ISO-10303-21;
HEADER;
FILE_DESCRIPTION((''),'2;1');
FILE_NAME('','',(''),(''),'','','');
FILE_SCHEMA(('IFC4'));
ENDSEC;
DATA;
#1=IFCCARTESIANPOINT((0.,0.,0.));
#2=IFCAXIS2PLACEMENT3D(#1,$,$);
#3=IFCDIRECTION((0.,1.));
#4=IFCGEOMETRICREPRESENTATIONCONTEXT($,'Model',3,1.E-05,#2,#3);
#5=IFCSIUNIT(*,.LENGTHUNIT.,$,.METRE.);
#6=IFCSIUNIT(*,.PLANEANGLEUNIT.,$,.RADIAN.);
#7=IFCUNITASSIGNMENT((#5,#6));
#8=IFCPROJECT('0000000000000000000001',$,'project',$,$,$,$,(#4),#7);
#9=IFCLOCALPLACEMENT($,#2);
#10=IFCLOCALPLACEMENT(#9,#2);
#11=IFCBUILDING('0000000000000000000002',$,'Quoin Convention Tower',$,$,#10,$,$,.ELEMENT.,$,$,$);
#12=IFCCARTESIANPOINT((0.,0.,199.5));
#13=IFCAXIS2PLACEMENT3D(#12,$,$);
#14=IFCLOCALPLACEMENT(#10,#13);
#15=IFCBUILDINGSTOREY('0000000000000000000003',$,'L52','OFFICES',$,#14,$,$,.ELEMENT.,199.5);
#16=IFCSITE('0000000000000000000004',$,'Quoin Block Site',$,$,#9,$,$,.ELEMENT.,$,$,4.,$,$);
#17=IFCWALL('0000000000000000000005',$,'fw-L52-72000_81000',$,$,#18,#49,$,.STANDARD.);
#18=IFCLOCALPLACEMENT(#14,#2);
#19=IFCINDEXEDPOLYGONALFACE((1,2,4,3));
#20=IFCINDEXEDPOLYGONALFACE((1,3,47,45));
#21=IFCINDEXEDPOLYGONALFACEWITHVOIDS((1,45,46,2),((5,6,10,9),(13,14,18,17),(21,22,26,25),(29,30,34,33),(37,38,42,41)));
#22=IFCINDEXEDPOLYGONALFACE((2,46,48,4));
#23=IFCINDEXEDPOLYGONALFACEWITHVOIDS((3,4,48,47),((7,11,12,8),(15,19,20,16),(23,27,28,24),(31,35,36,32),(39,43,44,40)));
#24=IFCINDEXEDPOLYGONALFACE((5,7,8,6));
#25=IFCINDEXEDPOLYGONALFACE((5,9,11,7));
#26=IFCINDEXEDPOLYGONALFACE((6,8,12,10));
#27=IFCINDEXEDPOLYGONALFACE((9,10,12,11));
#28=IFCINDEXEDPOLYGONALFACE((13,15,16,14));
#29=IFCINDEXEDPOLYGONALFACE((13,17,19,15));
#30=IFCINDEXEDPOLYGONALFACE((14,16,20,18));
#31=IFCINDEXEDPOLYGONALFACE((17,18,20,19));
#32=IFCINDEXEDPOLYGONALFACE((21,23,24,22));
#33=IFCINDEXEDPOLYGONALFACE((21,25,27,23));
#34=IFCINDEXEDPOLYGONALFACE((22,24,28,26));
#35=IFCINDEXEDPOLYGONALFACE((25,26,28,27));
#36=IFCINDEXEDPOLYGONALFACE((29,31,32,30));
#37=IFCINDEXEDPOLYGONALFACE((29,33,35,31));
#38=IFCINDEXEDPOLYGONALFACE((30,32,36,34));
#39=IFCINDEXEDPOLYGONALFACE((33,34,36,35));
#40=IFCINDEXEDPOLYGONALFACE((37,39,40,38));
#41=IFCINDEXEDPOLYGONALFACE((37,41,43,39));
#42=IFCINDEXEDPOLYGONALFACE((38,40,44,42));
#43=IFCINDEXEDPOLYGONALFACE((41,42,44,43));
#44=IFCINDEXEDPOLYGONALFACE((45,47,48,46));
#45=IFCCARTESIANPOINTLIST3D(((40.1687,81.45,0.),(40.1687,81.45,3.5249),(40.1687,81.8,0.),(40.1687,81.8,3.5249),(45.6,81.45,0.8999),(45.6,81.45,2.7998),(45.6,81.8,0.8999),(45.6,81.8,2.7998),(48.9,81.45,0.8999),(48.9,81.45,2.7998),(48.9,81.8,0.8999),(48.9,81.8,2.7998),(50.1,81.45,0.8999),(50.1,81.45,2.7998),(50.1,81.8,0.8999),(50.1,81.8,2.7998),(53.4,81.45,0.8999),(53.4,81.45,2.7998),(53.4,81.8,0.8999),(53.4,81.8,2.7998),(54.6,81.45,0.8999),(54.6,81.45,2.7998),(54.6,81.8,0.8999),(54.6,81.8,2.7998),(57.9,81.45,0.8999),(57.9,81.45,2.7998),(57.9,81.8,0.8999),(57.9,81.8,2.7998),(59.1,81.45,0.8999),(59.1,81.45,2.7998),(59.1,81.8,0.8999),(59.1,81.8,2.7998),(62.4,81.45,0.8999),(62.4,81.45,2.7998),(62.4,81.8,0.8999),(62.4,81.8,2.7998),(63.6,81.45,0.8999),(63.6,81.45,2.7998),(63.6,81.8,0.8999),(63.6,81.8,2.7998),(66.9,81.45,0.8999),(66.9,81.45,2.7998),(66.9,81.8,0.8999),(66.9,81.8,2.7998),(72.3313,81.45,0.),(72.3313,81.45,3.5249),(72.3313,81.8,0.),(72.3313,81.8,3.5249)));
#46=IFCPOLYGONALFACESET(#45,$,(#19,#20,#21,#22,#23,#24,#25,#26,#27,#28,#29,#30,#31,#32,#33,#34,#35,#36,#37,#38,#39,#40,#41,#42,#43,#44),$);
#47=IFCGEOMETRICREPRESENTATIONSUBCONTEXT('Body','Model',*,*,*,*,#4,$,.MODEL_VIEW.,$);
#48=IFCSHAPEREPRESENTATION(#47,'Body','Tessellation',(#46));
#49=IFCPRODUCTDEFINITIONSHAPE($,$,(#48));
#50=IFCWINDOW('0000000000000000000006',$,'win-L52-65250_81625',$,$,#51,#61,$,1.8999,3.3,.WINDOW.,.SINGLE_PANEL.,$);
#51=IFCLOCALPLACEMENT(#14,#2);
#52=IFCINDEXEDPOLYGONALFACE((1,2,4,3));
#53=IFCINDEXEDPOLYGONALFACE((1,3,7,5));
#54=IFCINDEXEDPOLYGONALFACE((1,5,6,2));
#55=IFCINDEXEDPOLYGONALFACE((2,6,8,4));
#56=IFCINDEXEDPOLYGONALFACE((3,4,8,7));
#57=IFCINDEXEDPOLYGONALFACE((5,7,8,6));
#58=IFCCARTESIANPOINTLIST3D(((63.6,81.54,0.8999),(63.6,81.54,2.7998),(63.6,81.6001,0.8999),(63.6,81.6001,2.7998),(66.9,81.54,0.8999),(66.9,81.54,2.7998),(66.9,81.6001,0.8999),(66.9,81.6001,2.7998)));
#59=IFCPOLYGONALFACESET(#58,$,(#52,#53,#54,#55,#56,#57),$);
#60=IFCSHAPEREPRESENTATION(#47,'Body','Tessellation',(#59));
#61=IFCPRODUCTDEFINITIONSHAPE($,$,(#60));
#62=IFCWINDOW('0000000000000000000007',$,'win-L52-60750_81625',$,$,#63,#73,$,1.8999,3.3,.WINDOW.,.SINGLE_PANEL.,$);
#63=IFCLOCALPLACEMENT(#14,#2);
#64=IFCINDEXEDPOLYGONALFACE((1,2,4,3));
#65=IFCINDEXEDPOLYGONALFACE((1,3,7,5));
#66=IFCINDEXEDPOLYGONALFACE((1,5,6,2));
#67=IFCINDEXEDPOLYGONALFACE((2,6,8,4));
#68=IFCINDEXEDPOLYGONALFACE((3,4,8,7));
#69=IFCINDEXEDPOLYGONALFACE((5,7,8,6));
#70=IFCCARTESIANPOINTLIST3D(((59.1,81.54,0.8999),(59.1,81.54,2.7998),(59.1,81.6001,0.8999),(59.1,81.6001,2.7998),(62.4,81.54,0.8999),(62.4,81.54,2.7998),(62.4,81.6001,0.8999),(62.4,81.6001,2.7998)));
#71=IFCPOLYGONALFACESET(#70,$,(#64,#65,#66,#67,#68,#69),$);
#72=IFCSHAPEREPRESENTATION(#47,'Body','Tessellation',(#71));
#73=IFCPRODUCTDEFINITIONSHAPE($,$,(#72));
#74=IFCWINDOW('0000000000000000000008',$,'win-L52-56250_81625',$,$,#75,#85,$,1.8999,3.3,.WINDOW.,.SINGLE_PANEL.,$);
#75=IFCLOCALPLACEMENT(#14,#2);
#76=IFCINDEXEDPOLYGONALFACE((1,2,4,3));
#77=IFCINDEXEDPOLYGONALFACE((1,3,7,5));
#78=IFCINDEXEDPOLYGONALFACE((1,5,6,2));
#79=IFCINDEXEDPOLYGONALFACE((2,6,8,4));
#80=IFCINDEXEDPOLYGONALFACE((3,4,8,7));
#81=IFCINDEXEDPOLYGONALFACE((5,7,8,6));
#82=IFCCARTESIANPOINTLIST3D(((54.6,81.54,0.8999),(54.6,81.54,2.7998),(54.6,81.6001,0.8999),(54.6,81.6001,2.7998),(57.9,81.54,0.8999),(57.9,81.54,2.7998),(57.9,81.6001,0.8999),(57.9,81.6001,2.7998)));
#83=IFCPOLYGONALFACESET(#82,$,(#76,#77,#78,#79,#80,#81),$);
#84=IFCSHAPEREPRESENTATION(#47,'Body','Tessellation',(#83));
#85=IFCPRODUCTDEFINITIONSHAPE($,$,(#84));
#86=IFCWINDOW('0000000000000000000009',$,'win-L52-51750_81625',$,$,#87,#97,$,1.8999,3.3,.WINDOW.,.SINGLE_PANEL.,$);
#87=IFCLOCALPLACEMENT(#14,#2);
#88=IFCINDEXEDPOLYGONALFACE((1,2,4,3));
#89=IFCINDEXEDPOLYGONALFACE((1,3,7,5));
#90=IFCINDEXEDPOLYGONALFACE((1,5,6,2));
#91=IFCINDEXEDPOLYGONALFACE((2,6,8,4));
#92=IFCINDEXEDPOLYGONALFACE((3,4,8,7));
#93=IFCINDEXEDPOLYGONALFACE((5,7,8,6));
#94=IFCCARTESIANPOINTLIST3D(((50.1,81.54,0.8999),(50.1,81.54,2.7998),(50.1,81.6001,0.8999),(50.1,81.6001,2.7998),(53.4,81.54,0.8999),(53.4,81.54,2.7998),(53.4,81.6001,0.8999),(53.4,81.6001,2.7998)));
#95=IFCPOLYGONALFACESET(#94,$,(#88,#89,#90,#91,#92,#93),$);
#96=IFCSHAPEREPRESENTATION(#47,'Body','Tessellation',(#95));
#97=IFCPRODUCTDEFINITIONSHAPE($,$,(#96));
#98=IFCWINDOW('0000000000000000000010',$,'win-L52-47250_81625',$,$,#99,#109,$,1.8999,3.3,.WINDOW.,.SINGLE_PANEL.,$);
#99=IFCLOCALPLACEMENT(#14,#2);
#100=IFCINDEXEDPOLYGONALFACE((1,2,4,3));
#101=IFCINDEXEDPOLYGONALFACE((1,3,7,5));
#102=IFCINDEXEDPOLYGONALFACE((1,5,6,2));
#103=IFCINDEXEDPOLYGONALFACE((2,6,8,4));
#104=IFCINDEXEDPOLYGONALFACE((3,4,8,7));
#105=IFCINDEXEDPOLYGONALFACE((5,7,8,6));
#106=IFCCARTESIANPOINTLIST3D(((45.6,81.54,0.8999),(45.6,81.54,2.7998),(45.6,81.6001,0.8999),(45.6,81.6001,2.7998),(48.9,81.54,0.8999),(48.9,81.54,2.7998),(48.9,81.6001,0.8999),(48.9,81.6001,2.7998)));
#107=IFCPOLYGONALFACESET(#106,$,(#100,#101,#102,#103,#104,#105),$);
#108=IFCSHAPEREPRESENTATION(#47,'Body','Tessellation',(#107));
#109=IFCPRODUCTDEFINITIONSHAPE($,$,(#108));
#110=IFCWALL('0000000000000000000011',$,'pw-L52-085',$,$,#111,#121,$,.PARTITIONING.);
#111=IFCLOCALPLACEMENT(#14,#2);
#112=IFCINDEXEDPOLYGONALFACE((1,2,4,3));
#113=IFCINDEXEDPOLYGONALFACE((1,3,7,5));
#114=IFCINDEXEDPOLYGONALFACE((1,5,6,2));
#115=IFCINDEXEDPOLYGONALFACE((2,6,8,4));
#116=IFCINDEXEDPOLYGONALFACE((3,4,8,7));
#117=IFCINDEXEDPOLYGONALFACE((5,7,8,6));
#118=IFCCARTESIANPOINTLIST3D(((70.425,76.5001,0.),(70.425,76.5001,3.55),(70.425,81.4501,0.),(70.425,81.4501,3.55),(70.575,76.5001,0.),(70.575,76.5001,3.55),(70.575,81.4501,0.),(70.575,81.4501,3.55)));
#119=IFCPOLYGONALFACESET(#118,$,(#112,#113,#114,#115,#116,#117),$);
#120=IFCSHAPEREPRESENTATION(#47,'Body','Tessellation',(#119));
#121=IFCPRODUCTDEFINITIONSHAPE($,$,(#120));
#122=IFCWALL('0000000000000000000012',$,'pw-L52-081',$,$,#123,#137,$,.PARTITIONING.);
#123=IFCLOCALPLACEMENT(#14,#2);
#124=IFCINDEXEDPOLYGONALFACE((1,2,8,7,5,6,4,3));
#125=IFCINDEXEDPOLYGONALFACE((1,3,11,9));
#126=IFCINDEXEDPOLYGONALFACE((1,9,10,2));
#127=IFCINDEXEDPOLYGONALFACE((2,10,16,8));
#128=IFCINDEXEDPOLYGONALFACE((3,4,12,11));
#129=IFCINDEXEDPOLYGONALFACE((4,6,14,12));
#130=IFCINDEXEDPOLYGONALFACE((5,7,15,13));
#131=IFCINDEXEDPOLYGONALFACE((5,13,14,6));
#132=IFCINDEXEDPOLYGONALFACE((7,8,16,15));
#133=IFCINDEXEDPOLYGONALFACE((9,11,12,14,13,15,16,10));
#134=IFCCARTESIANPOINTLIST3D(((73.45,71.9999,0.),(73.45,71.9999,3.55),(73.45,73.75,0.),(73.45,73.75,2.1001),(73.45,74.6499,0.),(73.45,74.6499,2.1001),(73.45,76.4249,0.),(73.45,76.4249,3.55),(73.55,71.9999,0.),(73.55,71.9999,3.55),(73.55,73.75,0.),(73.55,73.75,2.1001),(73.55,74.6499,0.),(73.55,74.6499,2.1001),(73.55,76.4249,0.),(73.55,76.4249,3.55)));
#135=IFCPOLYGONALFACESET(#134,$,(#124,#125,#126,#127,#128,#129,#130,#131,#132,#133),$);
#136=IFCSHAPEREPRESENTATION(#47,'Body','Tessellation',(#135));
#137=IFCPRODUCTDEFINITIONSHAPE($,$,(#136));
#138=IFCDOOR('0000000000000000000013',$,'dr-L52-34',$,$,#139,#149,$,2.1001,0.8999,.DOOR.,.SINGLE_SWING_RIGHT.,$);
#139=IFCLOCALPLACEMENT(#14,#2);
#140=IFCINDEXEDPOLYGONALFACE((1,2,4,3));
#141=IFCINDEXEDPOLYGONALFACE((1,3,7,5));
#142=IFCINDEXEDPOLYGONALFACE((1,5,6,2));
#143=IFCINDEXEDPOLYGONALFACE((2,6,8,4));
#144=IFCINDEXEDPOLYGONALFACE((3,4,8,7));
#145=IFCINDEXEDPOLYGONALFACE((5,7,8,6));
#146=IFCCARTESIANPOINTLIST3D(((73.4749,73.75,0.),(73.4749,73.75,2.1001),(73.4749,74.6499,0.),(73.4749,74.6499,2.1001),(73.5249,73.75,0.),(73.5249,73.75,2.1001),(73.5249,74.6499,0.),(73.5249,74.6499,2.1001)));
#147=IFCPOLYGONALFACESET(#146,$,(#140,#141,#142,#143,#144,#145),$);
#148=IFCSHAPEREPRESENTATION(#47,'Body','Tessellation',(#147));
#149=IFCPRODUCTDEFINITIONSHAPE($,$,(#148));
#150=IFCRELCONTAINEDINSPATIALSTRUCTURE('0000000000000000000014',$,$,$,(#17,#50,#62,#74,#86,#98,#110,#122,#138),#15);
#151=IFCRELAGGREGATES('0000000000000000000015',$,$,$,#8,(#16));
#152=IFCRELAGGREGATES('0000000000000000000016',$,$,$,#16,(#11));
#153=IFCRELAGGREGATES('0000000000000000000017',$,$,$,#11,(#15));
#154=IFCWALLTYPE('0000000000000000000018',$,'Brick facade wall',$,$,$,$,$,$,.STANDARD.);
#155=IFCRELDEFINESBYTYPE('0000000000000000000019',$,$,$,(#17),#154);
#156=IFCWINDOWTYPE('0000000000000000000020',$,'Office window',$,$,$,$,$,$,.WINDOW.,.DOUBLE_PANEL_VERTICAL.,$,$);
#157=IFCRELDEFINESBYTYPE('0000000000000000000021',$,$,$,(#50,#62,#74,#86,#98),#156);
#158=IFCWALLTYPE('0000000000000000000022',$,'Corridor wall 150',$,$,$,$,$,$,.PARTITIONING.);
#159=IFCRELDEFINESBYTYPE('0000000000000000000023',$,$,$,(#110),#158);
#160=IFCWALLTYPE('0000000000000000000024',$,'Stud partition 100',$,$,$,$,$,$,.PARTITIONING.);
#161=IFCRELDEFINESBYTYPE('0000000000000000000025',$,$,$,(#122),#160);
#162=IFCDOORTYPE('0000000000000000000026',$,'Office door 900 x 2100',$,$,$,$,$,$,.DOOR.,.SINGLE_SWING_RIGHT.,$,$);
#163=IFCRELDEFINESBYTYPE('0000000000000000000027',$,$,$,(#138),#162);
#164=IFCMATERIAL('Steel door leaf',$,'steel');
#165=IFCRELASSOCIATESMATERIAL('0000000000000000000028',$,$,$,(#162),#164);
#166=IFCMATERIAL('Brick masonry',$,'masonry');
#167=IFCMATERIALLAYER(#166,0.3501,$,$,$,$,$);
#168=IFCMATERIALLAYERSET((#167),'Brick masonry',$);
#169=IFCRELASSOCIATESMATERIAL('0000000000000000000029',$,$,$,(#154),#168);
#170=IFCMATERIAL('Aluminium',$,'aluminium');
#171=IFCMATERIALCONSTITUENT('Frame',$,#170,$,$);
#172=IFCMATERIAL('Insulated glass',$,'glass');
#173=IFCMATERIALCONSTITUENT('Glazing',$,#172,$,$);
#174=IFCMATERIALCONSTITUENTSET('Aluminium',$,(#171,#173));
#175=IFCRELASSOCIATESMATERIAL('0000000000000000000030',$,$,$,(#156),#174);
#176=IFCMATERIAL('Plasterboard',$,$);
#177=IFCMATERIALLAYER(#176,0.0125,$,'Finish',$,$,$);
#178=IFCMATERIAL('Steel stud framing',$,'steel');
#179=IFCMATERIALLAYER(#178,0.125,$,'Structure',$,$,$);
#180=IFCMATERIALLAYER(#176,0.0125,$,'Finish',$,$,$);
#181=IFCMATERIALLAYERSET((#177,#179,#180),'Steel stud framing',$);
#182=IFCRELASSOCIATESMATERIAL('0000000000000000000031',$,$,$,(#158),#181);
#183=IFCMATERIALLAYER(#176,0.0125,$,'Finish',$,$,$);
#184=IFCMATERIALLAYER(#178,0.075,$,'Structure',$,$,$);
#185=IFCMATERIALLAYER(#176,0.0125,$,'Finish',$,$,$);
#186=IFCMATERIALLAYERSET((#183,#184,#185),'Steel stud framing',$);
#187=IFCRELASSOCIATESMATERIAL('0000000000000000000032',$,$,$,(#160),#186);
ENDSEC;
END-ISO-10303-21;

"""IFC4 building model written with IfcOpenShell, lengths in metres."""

from ifc_helpers import new_model, si_unit, direction, frame, frame_2d, origin, place, context, subcontext, project, spatial, rectangle, extrude, material, layer, layer_set, constituent, constituent_set, type_object, element, fill, save


model = new_model("IFC4")

# Units and contexts
model_context = context("Model", 3, precision=1e-05, world=origin(), true_north=direction((0.0, 1.0)))
body_context = subcontext(model_context, "Body", "Model", "MODEL_VIEW")
ifc_project = project(units=[si_unit("LENGTHUNIT", "METRE"), si_unit("PLANEANGLEUNIT", "RADIAN")], contexts=[model_context])

# Site, building, storey
site_placement = place(None, origin())
site = spatial("IfcSite", under=ifc_project, at=site_placement, Name="Quoin Block Site", CompositionType="ELEMENT", RefElevation=4.0)
building_placement = place(site_placement, origin())
building = spatial("IfcBuilding", under=site, at=building_placement, Name="Quoin Convention Tower", CompositionType="ELEMENT")
storey_placement = place(building_placement, frame((0.0, 0.0, 199.5)))
storey = spatial("IfcBuildingStorey", under=building, at=storey_placement, Name="L52", Description="OFFICES", CompositionType="ELEMENT", Elevation=199.5)

# Shared definitions
ifc_material_1 = material(Name="Plasterboard")
ifc_material_2 = material(Name="Steel stud framing", Category="steel")
ifc_material_3 = material(Name="Steel door leaf", Category="steel")
door_type = type_object("IfcDoorType", Name="Office door 900 x 2100", OperationType="SINGLE_SWING_RIGHT", PredefinedType="DOOR", material=ifc_material_3)

# Shared definitions
ifc_material_4 = material(Name="Brick masonry", Category="masonry")
ifc_layer_1 = layer(ifc_material_4, 0.3501)
ifc_layer_set_1 = layer_set([ifc_layer_1], Name="Brick masonry")
wall_type_1 = type_object("IfcWallType", Name="Brick facade wall", PredefinedType="STANDARD", material=ifc_layer_set_1)
ifc_material_5 = material(Name="Aluminium", Category="aluminium")
ifc_constituent_1 = constituent(ifc_material_5, Name="Frame")
ifc_material_6 = material(Name="Insulated glass", Category="glass")
ifc_constituent_2 = constituent(ifc_material_6, Name="Glazing")
ifc_constituent_set = constituent_set(constituents=[ifc_constituent_1, ifc_constituent_2], Name="Aluminium")
window_type = type_object("IfcWindowType", Name="Office window", PartitioningType="DOUBLE_PANEL_VERTICAL", PredefinedType="WINDOW", material=ifc_constituent_set)

# Wall, openings, windows
wall_1_placement = place(storey_placement, frame((72.3313, 81.625, 0.0), z_axis=(0.0, 0.0, 1.0), x_axis=(-1.0, 0.0, 0.0)))
wall_1 = element("IfcWall", 1, at=wall_1_placement, inside=storey, type_object=wall_type_1, Name="fw-L52-72000_81000", PredefinedType="STANDARD", context=body_context, shape_type="SweptSolid", body=[
    extrude(rectangle(XDim=32.1626, YDim=0.3501, at=frame_2d((16.0813, 0.0))), origin(), (0.0, 0.0, 1.0), 3.5249),
])
opening_1_placement = place(wall_1_placement, frame((5.4314, 0.0, 0.8999)))
opening_1 = element("IfcOpeningElement", 2, at=opening_1_placement, cuts=wall_1, PredefinedType="OPENING", context=body_context, shape_type="SweptSolid", body=[
    extrude(rectangle(XDim=3.3, YDim=1.8999, at=frame_2d((1.6499, 0.95))), frame((0.0, 0.1851, 0.0), z_axis=(0.0, -1.0, 0.0), x_axis=(1.0, 0.0, 0.0)), (0.0, 0.0, 1.0), 0.3701),
])
opening_2_placement = place(wall_1_placement, frame((9.9314, 0.0, 0.8999)))
opening_2 = element("IfcOpeningElement", 3, at=opening_2_placement, cuts=wall_1, PredefinedType="OPENING", context=body_context, shape_type="SweptSolid", body=[
    extrude(rectangle(XDim=3.3, YDim=1.8999, at=frame_2d((1.6499, 0.95))), frame((0.0, 0.1851, 0.0), z_axis=(0.0, -1.0, 0.0), x_axis=(1.0, 0.0, 0.0)), (0.0, 0.0, 1.0), 0.3701),
])
opening_3_placement = place(wall_1_placement, frame((14.4314, 0.0, 0.8999)))
opening_3 = element("IfcOpeningElement", 4, at=opening_3_placement, cuts=wall_1, PredefinedType="OPENING", context=body_context, shape_type="SweptSolid", body=[
    extrude(rectangle(XDim=3.3, YDim=1.8999, at=frame_2d((1.6499, 0.95))), frame((0.0, 0.1851, 0.0), z_axis=(0.0, -1.0, 0.0), x_axis=(1.0, 0.0, 0.0)), (0.0, 0.0, 1.0), 0.3701),
])
opening_4_placement = place(wall_1_placement, frame((18.9314, 0.0, 0.8999)))
opening_4 = element("IfcOpeningElement", 5, at=opening_4_placement, cuts=wall_1, PredefinedType="OPENING", context=body_context, shape_type="SweptSolid", body=[
    extrude(rectangle(XDim=3.3, YDim=1.8999, at=frame_2d((1.6499, 0.95))), frame((0.0, 0.1851, 0.0), z_axis=(0.0, -1.0, 0.0), x_axis=(1.0, 0.0, 0.0)), (0.0, 0.0, 1.0), 0.3701),
])
opening_5_placement = place(wall_1_placement, frame((23.4314, 0.0, 0.8999)))
opening_5 = element("IfcOpeningElement", 6, at=opening_5_placement, cuts=wall_1, PredefinedType="OPENING", context=body_context, shape_type="SweptSolid", body=[
    extrude(rectangle(XDim=3.3, YDim=1.8999, at=frame_2d((1.6499, 0.95))), frame((0.0, 0.1851, 0.0), z_axis=(0.0, -1.0, 0.0), x_axis=(1.0, 0.0, 0.0)), (0.0, 0.0, 1.0), 0.3701),
])
window_1_placement = place(opening_1_placement, origin())
window_1 = element("IfcWindow", 7, at=window_1_placement, inside=storey, type_object=window_type, Name="win-L52-65250_81625", OverallHeight=1.8999, OverallWidth=3.3, PartitioningType="SINGLE_PANEL", PredefinedType="WINDOW", context=body_context, shape_type="SweptSolid", body=[
    extrude(rectangle(XDim=3.3, YDim=1.8999, at=frame_2d((1.6499, 0.95))), frame((0.0, 0.085, 0.0), z_axis=(0.0, -1.0, 0.0), x_axis=(1.0, 0.0, 0.0)), (0.0, 0.0, 1.0), 0.0601),
])
fill(opening_1, window_1)
window_2_placement = place(opening_2_placement, origin())
window_2 = element("IfcWindow", 8, at=window_2_placement, inside=storey, type_object=window_type, Name="win-L52-60750_81625", OverallHeight=1.8999, OverallWidth=3.3, PartitioningType="SINGLE_PANEL", PredefinedType="WINDOW", context=body_context, shape_type="SweptSolid", body=[
    extrude(rectangle(XDim=3.3, YDim=1.8999, at=frame_2d((1.6499, 0.95))), frame((0.0, 0.085, 0.0), z_axis=(0.0, -1.0, 0.0), x_axis=(1.0, 0.0, 0.0)), (0.0, 0.0, 1.0), 0.0601),
])
fill(opening_2, window_2)
window_3_placement = place(opening_3_placement, origin())
window_3 = element("IfcWindow", 9, at=window_3_placement, inside=storey, type_object=window_type, Name="win-L52-56250_81625", OverallHeight=1.8999, OverallWidth=3.3, PartitioningType="SINGLE_PANEL", PredefinedType="WINDOW", context=body_context, shape_type="SweptSolid", body=[
    extrude(rectangle(XDim=3.3, YDim=1.8999, at=frame_2d((1.6499, 0.95))), frame((0.0, 0.085, 0.0), z_axis=(0.0, -1.0, 0.0), x_axis=(1.0, 0.0, 0.0)), (0.0, 0.0, 1.0), 0.0601),
])
fill(opening_3, window_3)
window_4_placement = place(opening_4_placement, origin())
window_4 = element("IfcWindow", 10, at=window_4_placement, inside=storey, type_object=window_type, Name="win-L52-51750_81625", OverallHeight=1.8999, OverallWidth=3.3, PartitioningType="SINGLE_PANEL", PredefinedType="WINDOW", context=body_context, shape_type="SweptSolid", body=[
    extrude(rectangle(XDim=3.3, YDim=1.8999, at=frame_2d((1.6499, 0.95))), frame((0.0, 0.085, 0.0), z_axis=(0.0, -1.0, 0.0), x_axis=(1.0, 0.0, 0.0)), (0.0, 0.0, 1.0), 0.0601),
])
fill(opening_4, window_4)
window_5_placement = place(opening_5_placement, origin())
window_5 = element("IfcWindow", 11, at=window_5_placement, inside=storey, type_object=window_type, Name="win-L52-47250_81625", OverallHeight=1.8999, OverallWidth=3.3, PartitioningType="SINGLE_PANEL", PredefinedType="WINDOW", context=body_context, shape_type="SweptSolid", body=[
    extrude(rectangle(XDim=3.3, YDim=1.8999, at=frame_2d((1.6499, 0.95))), frame((0.0, 0.085, 0.0), z_axis=(0.0, -1.0, 0.0), x_axis=(1.0, 0.0, 0.0)), (0.0, 0.0, 1.0), 0.0601),
])
fill(opening_5, window_5)

# Wall
ifc_layer_2 = layer(ifc_material_1, 0.0125, Name="Finish")
ifc_layer_3 = layer(ifc_material_2, 0.125, Name="Structure")
ifc_layer_4 = layer(ifc_material_1, 0.0125, Name="Finish")
ifc_layer_set_2 = layer_set([ifc_layer_2, ifc_layer_3, ifc_layer_4], Name="Steel stud framing")
wall_type_2 = type_object("IfcWallType", Name="Corridor wall 150", PredefinedType="PARTITIONING", material=ifc_layer_set_2)
wall_2_placement = place(storey_placement, frame((70.5, 76.5, 0.0), z_axis=(0.0, 0.0, 1.0), x_axis=(0.0, 1.0, 0.0)))
element("IfcWall", 12, at=wall_2_placement, inside=storey, type_object=wall_type_2, Name="pw-L52-085", PredefinedType="PARTITIONING", context=body_context, shape_type="SweptSolid", body=[
    extrude(rectangle(XDim=4.95, YDim=0.1499, at=frame_2d((2.4751, 0.0))), origin(), (0.0, 0.0, 1.0), 3.55),
])

# Wall, opening, door
ifc_layer_5 = layer(ifc_material_1, 0.0125, Name="Finish")
ifc_layer_6 = layer(ifc_material_2, 0.075, Name="Structure")
ifc_layer_7 = layer(ifc_material_1, 0.0125, Name="Finish")
ifc_layer_set_3 = layer_set([ifc_layer_5, ifc_layer_6, ifc_layer_7], Name="Steel stud framing")
wall_type_3 = type_object("IfcWallType", Name="Stud partition 100", PredefinedType="PARTITIONING", material=ifc_layer_set_3)
wall_3_placement = place(storey_placement, frame((73.5, 72.0, 0.0), z_axis=(0.0, 0.0, 1.0), x_axis=(0.0, 1.0, 0.0)))
wall_3 = element("IfcWall", 13, at=wall_3_placement, inside=storey, type_object=wall_type_3, Name="pw-L52-081", PredefinedType="PARTITIONING", context=body_context, shape_type="SweptSolid", body=[
    extrude(rectangle(XDim=4.425, YDim=0.1001, at=frame_2d((2.2124, 0.0))), origin(), (0.0, 0.0, 1.0), 3.55),
])
opening_6_placement = place(wall_3_placement, frame((1.75, 0.0, 0.0)))
opening_6 = element("IfcOpeningElement", 14, at=opening_6_placement, cuts=wall_3, PredefinedType="OPENING", context=body_context, shape_type="SweptSolid", body=[
    extrude(rectangle(XDim=0.8999, YDim=2.1001, at=frame_2d((0.45, 1.05))), frame((0.0, 0.0601, 0.0), z_axis=(0.0, -1.0, 0.0), x_axis=(1.0, 0.0, 0.0)), (0.0, 0.0, 1.0), 0.1201),
])
door_1_placement = place(opening_6_placement, frame((0.8999, 0.0, 0.0), z_axis=(0.0, 0.0, 1.0), x_axis=(-1.0, 0.0, 0.0)))
door_1 = element("IfcDoor", 15, at=door_1_placement, inside=storey, type_object=door_type, Name="dr-L52-34", OperationType="SINGLE_SWING_RIGHT", OverallHeight=2.1001, OverallWidth=0.8999, PredefinedType="DOOR", context=body_context, shape_type="SweptSolid", body=[
    extrude(rectangle(XDim=0.8999, YDim=2.1001, at=frame_2d((0.45, 1.05))), frame((0.0, 0.0249, 0.0), z_axis=(0.0, -1.0, 0.0), x_axis=(1.0, 0.0, 0.0)), (0.0, 0.0, 1.0), 0.05),
])
fill(opening_6, door_1)

save(model, "model.ifc")
